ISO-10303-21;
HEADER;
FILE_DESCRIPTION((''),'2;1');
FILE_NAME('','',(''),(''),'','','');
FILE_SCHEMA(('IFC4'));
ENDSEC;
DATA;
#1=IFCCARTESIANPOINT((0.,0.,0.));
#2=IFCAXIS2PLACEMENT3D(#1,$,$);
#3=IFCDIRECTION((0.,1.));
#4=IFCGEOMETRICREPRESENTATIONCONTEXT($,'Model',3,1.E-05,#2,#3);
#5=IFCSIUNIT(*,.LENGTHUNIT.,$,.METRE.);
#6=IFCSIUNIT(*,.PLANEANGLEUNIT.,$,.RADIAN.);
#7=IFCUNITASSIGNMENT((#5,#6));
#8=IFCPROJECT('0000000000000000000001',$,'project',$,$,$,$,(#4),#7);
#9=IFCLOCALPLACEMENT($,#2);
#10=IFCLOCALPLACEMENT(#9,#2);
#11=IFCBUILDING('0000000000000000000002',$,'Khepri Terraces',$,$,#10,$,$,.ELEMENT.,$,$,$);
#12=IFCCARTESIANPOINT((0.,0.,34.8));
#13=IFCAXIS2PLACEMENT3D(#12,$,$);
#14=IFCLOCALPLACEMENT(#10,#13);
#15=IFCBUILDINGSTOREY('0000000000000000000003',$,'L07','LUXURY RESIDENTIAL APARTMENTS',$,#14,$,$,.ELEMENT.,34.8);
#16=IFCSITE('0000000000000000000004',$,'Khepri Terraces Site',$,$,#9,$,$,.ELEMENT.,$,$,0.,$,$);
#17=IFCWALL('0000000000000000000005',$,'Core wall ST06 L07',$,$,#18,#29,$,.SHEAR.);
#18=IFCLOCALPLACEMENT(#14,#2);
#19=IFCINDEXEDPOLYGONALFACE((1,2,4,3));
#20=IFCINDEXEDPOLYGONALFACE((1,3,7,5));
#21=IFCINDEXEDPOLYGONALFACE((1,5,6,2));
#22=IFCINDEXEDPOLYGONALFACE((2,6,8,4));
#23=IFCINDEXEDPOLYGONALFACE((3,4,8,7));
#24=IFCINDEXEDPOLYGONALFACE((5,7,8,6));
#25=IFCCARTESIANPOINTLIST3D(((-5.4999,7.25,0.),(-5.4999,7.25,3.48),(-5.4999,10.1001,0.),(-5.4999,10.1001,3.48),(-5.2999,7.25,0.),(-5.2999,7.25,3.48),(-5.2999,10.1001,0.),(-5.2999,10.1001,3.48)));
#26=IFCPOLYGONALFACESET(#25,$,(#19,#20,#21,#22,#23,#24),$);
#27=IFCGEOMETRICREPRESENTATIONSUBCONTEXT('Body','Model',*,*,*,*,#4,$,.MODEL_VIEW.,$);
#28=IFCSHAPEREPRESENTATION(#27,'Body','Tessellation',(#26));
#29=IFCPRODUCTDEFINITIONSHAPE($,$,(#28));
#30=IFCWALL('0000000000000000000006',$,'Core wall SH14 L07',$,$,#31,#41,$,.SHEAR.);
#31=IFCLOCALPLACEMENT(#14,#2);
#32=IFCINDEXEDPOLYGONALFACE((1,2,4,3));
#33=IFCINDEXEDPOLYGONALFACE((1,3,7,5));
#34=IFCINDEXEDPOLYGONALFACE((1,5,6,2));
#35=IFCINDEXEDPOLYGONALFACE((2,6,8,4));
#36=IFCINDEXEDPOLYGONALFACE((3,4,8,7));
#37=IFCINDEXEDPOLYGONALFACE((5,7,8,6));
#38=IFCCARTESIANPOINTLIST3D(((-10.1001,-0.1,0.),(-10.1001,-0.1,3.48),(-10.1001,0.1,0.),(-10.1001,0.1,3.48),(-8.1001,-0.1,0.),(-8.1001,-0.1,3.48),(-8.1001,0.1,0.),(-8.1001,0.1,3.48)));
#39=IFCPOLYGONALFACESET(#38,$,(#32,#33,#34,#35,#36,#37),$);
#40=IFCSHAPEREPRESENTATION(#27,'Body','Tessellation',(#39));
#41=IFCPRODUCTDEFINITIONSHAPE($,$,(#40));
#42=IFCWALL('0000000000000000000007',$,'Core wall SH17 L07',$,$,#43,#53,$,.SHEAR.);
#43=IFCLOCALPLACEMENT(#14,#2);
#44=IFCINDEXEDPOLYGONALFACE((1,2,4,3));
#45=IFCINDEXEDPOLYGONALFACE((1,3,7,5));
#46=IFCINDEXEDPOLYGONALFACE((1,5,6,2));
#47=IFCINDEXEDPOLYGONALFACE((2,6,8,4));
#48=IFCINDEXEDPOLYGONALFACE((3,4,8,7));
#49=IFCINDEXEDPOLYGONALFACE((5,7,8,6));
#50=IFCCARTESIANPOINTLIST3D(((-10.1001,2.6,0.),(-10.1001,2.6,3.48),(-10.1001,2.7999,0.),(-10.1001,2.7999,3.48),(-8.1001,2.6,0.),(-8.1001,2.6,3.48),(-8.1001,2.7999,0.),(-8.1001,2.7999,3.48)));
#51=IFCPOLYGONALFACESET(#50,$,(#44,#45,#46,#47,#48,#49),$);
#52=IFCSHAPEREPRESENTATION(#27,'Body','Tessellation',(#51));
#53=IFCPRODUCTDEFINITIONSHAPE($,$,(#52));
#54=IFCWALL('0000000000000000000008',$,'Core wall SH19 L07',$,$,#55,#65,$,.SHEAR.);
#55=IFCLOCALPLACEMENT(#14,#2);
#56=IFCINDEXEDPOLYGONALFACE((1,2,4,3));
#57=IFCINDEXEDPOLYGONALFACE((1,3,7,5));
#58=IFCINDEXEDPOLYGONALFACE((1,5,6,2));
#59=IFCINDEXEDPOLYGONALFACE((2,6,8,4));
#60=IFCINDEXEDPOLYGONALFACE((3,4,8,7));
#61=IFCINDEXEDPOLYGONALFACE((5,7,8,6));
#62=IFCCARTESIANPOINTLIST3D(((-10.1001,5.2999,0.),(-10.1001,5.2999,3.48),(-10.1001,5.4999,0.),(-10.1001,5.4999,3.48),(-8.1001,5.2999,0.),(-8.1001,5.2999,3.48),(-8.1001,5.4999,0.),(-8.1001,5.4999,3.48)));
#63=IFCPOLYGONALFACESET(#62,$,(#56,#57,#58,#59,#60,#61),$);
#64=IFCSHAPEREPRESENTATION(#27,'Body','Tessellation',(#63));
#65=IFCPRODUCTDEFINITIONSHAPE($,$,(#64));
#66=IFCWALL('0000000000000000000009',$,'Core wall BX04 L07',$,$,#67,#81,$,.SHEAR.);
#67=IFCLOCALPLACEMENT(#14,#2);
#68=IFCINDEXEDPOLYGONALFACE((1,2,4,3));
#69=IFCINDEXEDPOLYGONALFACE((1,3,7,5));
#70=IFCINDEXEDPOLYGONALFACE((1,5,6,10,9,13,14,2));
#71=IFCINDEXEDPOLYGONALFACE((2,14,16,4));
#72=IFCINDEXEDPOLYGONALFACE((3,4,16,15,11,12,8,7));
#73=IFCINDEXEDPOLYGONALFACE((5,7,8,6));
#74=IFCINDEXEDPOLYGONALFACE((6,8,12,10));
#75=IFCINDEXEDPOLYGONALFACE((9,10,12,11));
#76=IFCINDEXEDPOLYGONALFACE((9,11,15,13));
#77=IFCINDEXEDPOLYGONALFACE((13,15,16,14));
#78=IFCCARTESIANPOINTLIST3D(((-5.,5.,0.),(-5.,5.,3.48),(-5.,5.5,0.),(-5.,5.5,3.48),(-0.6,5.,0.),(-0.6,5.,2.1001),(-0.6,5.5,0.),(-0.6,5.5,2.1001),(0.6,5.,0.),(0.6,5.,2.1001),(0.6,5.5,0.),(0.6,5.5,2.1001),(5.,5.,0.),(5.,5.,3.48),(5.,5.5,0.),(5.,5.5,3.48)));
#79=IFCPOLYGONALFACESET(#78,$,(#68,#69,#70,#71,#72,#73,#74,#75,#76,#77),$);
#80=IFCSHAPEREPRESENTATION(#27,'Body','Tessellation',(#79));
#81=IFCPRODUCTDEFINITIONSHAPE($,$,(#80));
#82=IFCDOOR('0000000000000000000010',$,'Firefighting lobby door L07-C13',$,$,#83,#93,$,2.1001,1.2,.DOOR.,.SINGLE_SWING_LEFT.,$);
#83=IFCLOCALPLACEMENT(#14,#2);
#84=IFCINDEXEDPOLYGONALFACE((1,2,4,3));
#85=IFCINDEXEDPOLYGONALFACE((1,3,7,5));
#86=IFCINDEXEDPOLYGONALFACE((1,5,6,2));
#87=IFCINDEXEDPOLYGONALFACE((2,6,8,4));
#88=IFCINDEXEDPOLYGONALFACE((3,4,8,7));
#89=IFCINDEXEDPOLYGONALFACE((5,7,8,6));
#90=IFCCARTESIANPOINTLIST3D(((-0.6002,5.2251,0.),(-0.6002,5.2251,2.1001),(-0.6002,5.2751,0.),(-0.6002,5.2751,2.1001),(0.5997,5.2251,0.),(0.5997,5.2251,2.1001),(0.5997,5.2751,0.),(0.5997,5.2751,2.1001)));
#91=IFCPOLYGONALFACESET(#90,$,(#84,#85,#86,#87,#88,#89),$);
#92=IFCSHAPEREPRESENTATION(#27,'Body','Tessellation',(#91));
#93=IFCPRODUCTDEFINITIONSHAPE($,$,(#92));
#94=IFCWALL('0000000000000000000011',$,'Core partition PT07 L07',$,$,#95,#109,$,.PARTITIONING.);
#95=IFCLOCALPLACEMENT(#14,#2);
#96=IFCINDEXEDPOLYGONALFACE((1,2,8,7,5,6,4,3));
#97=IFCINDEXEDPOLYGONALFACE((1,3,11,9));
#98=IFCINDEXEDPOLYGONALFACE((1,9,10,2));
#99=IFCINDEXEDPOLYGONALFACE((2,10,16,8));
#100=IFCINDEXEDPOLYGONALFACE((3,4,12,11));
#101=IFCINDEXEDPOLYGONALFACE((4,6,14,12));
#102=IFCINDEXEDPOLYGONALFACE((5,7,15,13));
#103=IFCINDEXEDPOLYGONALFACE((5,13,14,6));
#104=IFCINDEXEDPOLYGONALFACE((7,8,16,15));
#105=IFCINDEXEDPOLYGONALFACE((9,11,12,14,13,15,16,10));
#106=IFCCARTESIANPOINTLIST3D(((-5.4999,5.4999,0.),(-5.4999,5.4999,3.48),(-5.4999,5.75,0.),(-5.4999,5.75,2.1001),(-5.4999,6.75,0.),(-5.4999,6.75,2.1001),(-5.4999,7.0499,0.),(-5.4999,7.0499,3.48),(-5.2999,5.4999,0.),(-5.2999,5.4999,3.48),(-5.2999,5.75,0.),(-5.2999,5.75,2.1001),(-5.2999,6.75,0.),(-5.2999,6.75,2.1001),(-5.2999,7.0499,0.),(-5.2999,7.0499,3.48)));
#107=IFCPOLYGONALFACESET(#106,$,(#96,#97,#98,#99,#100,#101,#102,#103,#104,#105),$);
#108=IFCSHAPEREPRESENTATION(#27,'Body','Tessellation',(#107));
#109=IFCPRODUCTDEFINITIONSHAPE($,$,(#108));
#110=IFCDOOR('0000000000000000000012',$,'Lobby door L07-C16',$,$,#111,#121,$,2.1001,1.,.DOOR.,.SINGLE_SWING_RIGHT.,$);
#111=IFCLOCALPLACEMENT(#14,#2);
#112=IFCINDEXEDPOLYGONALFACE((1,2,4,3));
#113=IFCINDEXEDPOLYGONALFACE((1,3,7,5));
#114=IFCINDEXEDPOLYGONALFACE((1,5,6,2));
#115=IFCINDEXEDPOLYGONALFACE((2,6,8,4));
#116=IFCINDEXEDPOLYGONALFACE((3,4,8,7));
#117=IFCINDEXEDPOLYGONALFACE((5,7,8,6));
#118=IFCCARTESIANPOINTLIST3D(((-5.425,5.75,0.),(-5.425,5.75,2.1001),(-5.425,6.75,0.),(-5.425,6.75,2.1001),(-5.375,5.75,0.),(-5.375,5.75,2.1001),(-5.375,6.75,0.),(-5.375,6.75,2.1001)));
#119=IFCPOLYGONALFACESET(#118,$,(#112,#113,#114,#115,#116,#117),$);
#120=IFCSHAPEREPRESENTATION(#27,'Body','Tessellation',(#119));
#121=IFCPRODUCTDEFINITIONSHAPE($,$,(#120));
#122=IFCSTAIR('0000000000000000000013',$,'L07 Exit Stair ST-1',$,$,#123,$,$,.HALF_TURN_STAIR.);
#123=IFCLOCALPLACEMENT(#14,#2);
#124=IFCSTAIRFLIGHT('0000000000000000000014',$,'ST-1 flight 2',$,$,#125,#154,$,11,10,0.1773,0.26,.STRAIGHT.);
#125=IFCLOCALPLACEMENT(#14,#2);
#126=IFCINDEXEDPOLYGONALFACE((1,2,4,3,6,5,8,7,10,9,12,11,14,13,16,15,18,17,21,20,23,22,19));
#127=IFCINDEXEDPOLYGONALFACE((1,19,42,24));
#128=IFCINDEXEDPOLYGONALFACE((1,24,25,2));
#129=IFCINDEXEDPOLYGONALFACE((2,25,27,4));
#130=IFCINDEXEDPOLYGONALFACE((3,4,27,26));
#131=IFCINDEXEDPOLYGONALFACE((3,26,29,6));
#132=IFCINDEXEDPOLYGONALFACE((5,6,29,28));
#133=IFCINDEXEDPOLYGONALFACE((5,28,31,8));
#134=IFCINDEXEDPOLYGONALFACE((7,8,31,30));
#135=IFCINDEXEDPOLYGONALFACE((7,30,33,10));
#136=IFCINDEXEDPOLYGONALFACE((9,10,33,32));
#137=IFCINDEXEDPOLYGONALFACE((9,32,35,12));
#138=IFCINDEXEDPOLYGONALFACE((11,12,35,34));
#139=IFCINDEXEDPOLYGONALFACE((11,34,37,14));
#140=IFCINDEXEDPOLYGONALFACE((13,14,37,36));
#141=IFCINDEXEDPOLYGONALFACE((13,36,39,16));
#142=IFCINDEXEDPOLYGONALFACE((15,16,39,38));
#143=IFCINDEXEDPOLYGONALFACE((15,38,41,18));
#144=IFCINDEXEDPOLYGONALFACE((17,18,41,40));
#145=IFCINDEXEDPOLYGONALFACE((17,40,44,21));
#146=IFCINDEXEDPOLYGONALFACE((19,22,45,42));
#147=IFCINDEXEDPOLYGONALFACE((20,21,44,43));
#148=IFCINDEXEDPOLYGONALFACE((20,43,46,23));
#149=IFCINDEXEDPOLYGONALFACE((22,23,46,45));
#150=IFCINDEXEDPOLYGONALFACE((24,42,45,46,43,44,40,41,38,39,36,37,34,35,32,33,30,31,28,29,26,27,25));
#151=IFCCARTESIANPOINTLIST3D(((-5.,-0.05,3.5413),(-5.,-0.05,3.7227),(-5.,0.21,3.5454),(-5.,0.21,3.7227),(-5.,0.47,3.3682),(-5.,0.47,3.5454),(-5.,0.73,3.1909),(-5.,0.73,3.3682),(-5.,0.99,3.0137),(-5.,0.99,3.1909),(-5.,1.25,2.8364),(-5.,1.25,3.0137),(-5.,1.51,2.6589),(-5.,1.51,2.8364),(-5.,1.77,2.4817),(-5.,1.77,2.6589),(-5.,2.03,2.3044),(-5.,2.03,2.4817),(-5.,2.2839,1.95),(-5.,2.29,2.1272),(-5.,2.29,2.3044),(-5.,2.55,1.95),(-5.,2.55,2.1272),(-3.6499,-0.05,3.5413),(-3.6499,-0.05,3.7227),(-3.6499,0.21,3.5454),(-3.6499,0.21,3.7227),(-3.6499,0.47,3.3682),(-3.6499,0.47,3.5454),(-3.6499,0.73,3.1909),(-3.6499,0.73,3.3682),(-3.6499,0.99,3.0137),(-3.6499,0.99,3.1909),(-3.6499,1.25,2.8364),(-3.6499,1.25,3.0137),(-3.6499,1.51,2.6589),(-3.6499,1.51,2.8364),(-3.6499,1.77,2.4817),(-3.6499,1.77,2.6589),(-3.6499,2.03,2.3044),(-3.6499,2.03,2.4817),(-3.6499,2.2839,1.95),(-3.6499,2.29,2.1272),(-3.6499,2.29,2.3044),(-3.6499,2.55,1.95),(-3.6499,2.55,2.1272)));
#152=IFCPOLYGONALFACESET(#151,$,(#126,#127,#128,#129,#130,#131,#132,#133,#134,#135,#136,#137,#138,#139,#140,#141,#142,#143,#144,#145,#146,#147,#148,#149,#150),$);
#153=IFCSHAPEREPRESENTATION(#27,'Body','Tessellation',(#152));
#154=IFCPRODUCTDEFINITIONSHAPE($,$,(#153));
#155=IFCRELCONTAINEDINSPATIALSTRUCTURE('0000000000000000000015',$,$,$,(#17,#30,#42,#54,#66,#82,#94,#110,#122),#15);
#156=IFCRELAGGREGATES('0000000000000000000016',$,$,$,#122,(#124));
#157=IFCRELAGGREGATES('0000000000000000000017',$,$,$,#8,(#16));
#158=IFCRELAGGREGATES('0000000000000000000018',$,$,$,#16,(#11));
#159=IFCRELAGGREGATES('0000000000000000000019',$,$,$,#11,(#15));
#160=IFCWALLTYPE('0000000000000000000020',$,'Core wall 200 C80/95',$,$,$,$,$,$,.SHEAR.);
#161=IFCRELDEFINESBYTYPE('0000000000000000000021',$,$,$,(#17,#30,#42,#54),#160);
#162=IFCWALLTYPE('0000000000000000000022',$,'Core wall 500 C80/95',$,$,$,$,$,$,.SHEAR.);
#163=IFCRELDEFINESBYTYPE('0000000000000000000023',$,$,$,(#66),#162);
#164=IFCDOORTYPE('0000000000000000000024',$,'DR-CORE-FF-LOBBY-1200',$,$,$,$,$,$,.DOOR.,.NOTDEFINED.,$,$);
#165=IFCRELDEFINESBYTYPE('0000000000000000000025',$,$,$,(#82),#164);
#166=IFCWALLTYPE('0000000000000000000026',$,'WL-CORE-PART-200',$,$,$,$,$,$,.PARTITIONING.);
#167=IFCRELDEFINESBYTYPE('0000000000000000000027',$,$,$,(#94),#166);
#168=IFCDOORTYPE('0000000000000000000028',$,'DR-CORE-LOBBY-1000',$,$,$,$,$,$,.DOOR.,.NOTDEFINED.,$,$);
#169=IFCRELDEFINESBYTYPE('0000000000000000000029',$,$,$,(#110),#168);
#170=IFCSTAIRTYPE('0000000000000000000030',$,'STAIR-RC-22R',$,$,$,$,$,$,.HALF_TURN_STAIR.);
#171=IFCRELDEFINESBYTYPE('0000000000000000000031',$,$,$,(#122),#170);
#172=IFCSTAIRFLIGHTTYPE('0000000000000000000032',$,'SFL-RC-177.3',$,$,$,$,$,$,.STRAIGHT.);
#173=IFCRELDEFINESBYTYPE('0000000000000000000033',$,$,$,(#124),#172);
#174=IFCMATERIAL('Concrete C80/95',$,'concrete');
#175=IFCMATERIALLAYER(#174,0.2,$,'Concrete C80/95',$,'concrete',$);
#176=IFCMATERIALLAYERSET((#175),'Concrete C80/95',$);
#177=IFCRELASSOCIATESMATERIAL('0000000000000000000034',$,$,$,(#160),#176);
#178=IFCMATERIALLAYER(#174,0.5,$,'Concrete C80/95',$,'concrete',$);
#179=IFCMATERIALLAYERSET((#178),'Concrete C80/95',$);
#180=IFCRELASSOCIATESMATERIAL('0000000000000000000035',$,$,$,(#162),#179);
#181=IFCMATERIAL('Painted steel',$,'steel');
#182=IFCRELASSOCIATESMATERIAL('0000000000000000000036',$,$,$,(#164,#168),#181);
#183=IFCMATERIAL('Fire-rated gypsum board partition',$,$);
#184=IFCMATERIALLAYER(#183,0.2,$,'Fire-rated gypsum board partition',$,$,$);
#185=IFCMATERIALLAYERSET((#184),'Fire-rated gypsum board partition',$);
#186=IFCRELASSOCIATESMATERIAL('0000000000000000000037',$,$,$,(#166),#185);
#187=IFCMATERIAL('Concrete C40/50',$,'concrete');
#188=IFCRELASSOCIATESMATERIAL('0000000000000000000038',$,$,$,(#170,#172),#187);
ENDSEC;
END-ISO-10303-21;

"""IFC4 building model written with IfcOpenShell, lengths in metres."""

from ifc_helpers import new_model, si_unit, direction, frame, frame_2d, origin, place, context, subcontext, project, spatial, polyline, rectangle, outline, extrude, material, layer, layer_set, type_object, element, fill, aggregate, save


model = new_model("IFC4")

# Units and contexts
model_context = context("Model", 3, precision=1e-05, world=origin(), true_north=direction((0.0, 1.0)))
body_context = subcontext(model_context, "Body", "Model", "MODEL_VIEW")
ifc_project = project(units=[si_unit("LENGTHUNIT", "METRE"), si_unit("PLANEANGLEUNIT", "RADIAN")], contexts=[model_context])

# Site, building, storey
site_placement = place(None, origin())
site = spatial("IfcSite", under=ifc_project, at=site_placement, Name="Khepri Terraces Site", CompositionType="ELEMENT", RefElevation=0.0)
building_placement = place(site_placement, origin())
building = spatial("IfcBuilding", under=site, at=building_placement, Name="Khepri Terraces", CompositionType="ELEMENT")
storey_placement = place(building_placement, frame((0.0, 0.0, 34.8)))
storey = spatial("IfcBuildingStorey", under=building, at=storey_placement, Name="L07", Description="LUXURY RESIDENTIAL APARTMENTS", CompositionType="ELEMENT", Elevation=34.8)

# Shared definitions
ifc_material_1 = material(Name="Concrete C40/50", Category="concrete")

# Walls
ifc_material_2 = material(Name="Concrete C80/95", Category="concrete")
ifc_layer_1 = layer(ifc_material_2, 0.2, Name="Concrete C80/95", Category="concrete")
ifc_layer_set_1 = layer_set([ifc_layer_1], Name="Concrete C80/95")
wall_type_1 = type_object("IfcWallType", Name="Core wall 200 C80/95", PredefinedType="SHEAR", material=ifc_layer_set_1)
wall_1_placement = place(storey_placement, frame((-5.3999, 7.25, 0.0), z_axis=(0.0, 0.0, 1.0), x_axis=(0.0, 1.0, 0.0)))
element("IfcWall", 1, at=wall_1_placement, inside=storey, type_object=wall_type_1, Name="Core wall ST06 L07", PredefinedType="SHEAR", context=body_context, shape_type="SweptSolid", body=[
    extrude(rectangle(XDim=2.8501, YDim=0.2, at=frame_2d((1.425, 0.0))), origin(), (0.0, 0.0, 1.0), 3.48),
])
for number, where, z_axis, x_axis, name in (
    (2, (-10.1001, 0.0, 0.0), (0.0, 0.0, 1.0), (1.0, 0.0, 0.0), "Core wall SH14 L07"),
    (3, (-10.1001, 2.7, 0.0), (0.0, 0.0, 1.0), (1.0, 0.0, 0.0), "Core wall SH17 L07"),
    (4, (-10.1001, 5.3999, 0.0), (0.0, 0.0, 1.0), (1.0, 0.0, 0.0), "Core wall SH19 L07"),
):
    element("IfcWall", number, at=place(storey_placement, frame(where, z_axis=z_axis, x_axis=x_axis)), inside=storey, type_object=wall_type_1, Name=name, PredefinedType="SHEAR", context=body_context, shape_type="SweptSolid", body=[
        extrude(rectangle(XDim=2.0, YDim=0.2, at=frame_2d((1.0, 0.0))), origin(), (0.0, 0.0, 1.0), 3.48),
    ])

# Walls, openings, doors
ifc_layer_2 = layer(ifc_material_2, 0.5, Name="Concrete C80/95", Category="concrete")
ifc_layer_set_2 = layer_set([ifc_layer_2], Name="Concrete C80/95")
wall_type_2 = type_object("IfcWallType", Name="Core wall 500 C80/95", PredefinedType="SHEAR", material=ifc_layer_set_2)
wall_2_placement = place(storey_placement, frame((-5.0, 5.25, 0.0), z_axis=(0.0, 0.0, 1.0), x_axis=(1.0, 0.0, 0.0)))
wall_2 = element("IfcWall", 5, at=wall_2_placement, inside=storey, type_object=wall_type_2, Name="Core wall BX04 L07", PredefinedType="SHEAR", context=body_context, shape_type="SweptSolid", body=[
    extrude(rectangle(XDim=10.0, YDim=0.5, at=frame_2d((5.0, 0.0))), origin(), (0.0, 0.0, 1.0), 3.48),
])
opening_1_placement = place(wall_2_placement, frame((4.3999, 0.0, 0.0)))
opening_1 = element("IfcOpeningElement", 6, at=opening_1_placement, cuts=wall_2, PredefinedType="OPENING", context=body_context, shape_type="SweptSolid", body=[
    extrude(rectangle(XDim=1.2, YDim=2.1001, at=frame_2d((0.6001, 1.05))), frame((0.0, 0.26, 0.0), z_axis=(0.0, -1.0, 0.0), x_axis=(1.0, 0.0, 0.0)), (0.0, 0.0, 1.0), 0.52),
])
ifc_material_3 = material(Name="Painted steel", Category="steel")
door_type_1 = type_object("IfcDoorType", Name="DR-CORE-FF-LOBBY-1200", OperationType="NOTDEFINED", PredefinedType="DOOR", material=ifc_material_3)
door_1_placement = place(opening_1_placement, frame((1.2, 0.0, 0.0), z_axis=(0.0, 0.0, 1.0), x_axis=(-1.0, 0.0, 0.0)))
door_1 = element("IfcDoor", 7, at=door_1_placement, inside=storey, type_object=door_type_1, Name="Firefighting lobby door L07-C13", OperationType="SINGLE_SWING_LEFT", OverallHeight=2.1001, OverallWidth=1.2, PredefinedType="DOOR", context=body_context, shape_type="SweptSolid", body=[
    extrude(rectangle(XDim=1.2, YDim=2.1001, at=frame_2d((0.6001, 1.05))), frame((0.0, 0.0249, 0.0), z_axis=(0.0, -1.0, 0.0), x_axis=(1.0, 0.0, 0.0)), (0.0, 0.0, 1.0), 0.05),
])
fill(opening_1, door_1)
ifc_material_4 = material(Name="Fire-rated gypsum board partition")
ifc_layer_3 = layer(ifc_material_4, 0.2, Name="Fire-rated gypsum board partition")
ifc_layer_set_3 = layer_set([ifc_layer_3], Name="Fire-rated gypsum board partition")
wall_type_3 = type_object("IfcWallType", Name="WL-CORE-PART-200", PredefinedType="PARTITIONING", material=ifc_layer_set_3)
wall_3_placement = place(storey_placement, frame((-5.3999, 5.5, 0.0), z_axis=(0.0, 0.0, 1.0), x_axis=(0.0, 1.0, 0.0)))
wall_3 = element("IfcWall", 8, at=wall_3_placement, inside=storey, type_object=wall_type_3, Name="Core partition PT07 L07", PredefinedType="PARTITIONING", context=body_context, shape_type="SweptSolid", body=[
    extrude(rectangle(XDim=1.55, YDim=0.2, at=frame_2d((0.7749, 0.0))), origin(), (0.0, 0.0, 1.0), 3.48),
])
opening_2_placement = place(wall_3_placement, frame((0.25, 0.0, 0.0)))
opening_2 = element("IfcOpeningElement", 9, at=opening_2_placement, cuts=wall_3, PredefinedType="OPENING", context=body_context, shape_type="SweptSolid", body=[
    extrude(rectangle(XDim=1.0, YDim=2.1001, at=frame_2d((0.5, 1.05))), frame((0.0, 0.1099, 0.0), z_axis=(0.0, -1.0, 0.0), x_axis=(1.0, 0.0, 0.0)), (0.0, 0.0, 1.0), 0.22),
])
door_type_2 = type_object("IfcDoorType", Name="DR-CORE-LOBBY-1000", OperationType="NOTDEFINED", PredefinedType="DOOR", material=ifc_material_3)
door_2_placement = place(opening_2_placement, frame((1.0, 0.0, 0.0), z_axis=(0.0, 0.0, 1.0), x_axis=(-1.0, 0.0, 0.0)))
door_2 = element("IfcDoor", 10, at=door_2_placement, inside=storey, type_object=door_type_2, Name="Lobby door L07-C16", OperationType="SINGLE_SWING_RIGHT", OverallHeight=2.1001, OverallWidth=1.0, PredefinedType="DOOR", context=body_context, shape_type="SweptSolid", body=[
    extrude(rectangle(XDim=1.0, YDim=2.1001, at=frame_2d((0.5, 1.05))), frame((0.0, 0.0249, 0.0), z_axis=(0.0, -1.0, 0.0), x_axis=(1.0, 0.0, 0.0)), (0.0, 0.0, 1.0), 0.05),
])
fill(opening_2, door_2)

# Stair, stair flight
stair_type = type_object("IfcStairType", Name="STAIR-RC-22R", PredefinedType="HALF_TURN_STAIR", material=ifc_material_1)
stair_1_placement = place(storey_placement, origin())
stair_1 = element("IfcStair", 11, at=stair_1_placement, inside=storey, type_object=stair_type, Name="L07 Exit Stair ST-1", PredefinedType="HALF_TURN_STAIR")
stair_flight_type = type_object("IfcStairFlightType", Name="SFL-RC-177.3", PredefinedType="STRAIGHT", material=ifc_material_1)
stair_flight_1_placement = place(storey_placement, frame((-4.325, 2.55, 1.95), z_axis=(0.0, 0.0, 1.0), x_axis=(0.0, -1.0, 0.0)))
stair_flight_1 = element("IfcStairFlight", 12, at=stair_flight_1_placement, type_object=stair_flight_type, Name="ST-1 flight 2", NumberOfRisers=11, NumberOfTreads=10, PredefinedType="STRAIGHT", RiserHeight=0.1773, TreadLength=0.26, context=body_context, shape_type="SweptSolid", body=[
    extrude(outline(polyline([(0.0, 0.0), (0.0, 0.1772), (0.26, 0.1772), (0.26, 0.3545), (0.52, 0.3545), (0.52, 0.5317), (0.78, 0.5317), (0.78, 0.709), (1.04, 0.709), (1.04, 0.8865), (1.3, 0.8865), (1.3, 1.0637), (1.5601, 1.0637), (1.5601, 1.241), (1.8201, 1.241), (1.8201, 1.4182), (2.0801, 1.4182), (2.0801, 1.5955), (2.3401, 1.5955), (2.3401, 1.7727), (2.6001, 1.7727), (2.6001, 1.95), (2.6001, 1.5913), (0.2661, 0.0), (0.0, 0.0)])), frame((0.0, 0.675, 0.0), z_axis=(0.0, -1.0, 0.0), x_axis=(1.0, 0.0, 0.0)), (0.0, 0.0, 1.0), 1.3501),
])
aggregate(stair_1, [stair_flight_1])

save(model, "model.ifc")
